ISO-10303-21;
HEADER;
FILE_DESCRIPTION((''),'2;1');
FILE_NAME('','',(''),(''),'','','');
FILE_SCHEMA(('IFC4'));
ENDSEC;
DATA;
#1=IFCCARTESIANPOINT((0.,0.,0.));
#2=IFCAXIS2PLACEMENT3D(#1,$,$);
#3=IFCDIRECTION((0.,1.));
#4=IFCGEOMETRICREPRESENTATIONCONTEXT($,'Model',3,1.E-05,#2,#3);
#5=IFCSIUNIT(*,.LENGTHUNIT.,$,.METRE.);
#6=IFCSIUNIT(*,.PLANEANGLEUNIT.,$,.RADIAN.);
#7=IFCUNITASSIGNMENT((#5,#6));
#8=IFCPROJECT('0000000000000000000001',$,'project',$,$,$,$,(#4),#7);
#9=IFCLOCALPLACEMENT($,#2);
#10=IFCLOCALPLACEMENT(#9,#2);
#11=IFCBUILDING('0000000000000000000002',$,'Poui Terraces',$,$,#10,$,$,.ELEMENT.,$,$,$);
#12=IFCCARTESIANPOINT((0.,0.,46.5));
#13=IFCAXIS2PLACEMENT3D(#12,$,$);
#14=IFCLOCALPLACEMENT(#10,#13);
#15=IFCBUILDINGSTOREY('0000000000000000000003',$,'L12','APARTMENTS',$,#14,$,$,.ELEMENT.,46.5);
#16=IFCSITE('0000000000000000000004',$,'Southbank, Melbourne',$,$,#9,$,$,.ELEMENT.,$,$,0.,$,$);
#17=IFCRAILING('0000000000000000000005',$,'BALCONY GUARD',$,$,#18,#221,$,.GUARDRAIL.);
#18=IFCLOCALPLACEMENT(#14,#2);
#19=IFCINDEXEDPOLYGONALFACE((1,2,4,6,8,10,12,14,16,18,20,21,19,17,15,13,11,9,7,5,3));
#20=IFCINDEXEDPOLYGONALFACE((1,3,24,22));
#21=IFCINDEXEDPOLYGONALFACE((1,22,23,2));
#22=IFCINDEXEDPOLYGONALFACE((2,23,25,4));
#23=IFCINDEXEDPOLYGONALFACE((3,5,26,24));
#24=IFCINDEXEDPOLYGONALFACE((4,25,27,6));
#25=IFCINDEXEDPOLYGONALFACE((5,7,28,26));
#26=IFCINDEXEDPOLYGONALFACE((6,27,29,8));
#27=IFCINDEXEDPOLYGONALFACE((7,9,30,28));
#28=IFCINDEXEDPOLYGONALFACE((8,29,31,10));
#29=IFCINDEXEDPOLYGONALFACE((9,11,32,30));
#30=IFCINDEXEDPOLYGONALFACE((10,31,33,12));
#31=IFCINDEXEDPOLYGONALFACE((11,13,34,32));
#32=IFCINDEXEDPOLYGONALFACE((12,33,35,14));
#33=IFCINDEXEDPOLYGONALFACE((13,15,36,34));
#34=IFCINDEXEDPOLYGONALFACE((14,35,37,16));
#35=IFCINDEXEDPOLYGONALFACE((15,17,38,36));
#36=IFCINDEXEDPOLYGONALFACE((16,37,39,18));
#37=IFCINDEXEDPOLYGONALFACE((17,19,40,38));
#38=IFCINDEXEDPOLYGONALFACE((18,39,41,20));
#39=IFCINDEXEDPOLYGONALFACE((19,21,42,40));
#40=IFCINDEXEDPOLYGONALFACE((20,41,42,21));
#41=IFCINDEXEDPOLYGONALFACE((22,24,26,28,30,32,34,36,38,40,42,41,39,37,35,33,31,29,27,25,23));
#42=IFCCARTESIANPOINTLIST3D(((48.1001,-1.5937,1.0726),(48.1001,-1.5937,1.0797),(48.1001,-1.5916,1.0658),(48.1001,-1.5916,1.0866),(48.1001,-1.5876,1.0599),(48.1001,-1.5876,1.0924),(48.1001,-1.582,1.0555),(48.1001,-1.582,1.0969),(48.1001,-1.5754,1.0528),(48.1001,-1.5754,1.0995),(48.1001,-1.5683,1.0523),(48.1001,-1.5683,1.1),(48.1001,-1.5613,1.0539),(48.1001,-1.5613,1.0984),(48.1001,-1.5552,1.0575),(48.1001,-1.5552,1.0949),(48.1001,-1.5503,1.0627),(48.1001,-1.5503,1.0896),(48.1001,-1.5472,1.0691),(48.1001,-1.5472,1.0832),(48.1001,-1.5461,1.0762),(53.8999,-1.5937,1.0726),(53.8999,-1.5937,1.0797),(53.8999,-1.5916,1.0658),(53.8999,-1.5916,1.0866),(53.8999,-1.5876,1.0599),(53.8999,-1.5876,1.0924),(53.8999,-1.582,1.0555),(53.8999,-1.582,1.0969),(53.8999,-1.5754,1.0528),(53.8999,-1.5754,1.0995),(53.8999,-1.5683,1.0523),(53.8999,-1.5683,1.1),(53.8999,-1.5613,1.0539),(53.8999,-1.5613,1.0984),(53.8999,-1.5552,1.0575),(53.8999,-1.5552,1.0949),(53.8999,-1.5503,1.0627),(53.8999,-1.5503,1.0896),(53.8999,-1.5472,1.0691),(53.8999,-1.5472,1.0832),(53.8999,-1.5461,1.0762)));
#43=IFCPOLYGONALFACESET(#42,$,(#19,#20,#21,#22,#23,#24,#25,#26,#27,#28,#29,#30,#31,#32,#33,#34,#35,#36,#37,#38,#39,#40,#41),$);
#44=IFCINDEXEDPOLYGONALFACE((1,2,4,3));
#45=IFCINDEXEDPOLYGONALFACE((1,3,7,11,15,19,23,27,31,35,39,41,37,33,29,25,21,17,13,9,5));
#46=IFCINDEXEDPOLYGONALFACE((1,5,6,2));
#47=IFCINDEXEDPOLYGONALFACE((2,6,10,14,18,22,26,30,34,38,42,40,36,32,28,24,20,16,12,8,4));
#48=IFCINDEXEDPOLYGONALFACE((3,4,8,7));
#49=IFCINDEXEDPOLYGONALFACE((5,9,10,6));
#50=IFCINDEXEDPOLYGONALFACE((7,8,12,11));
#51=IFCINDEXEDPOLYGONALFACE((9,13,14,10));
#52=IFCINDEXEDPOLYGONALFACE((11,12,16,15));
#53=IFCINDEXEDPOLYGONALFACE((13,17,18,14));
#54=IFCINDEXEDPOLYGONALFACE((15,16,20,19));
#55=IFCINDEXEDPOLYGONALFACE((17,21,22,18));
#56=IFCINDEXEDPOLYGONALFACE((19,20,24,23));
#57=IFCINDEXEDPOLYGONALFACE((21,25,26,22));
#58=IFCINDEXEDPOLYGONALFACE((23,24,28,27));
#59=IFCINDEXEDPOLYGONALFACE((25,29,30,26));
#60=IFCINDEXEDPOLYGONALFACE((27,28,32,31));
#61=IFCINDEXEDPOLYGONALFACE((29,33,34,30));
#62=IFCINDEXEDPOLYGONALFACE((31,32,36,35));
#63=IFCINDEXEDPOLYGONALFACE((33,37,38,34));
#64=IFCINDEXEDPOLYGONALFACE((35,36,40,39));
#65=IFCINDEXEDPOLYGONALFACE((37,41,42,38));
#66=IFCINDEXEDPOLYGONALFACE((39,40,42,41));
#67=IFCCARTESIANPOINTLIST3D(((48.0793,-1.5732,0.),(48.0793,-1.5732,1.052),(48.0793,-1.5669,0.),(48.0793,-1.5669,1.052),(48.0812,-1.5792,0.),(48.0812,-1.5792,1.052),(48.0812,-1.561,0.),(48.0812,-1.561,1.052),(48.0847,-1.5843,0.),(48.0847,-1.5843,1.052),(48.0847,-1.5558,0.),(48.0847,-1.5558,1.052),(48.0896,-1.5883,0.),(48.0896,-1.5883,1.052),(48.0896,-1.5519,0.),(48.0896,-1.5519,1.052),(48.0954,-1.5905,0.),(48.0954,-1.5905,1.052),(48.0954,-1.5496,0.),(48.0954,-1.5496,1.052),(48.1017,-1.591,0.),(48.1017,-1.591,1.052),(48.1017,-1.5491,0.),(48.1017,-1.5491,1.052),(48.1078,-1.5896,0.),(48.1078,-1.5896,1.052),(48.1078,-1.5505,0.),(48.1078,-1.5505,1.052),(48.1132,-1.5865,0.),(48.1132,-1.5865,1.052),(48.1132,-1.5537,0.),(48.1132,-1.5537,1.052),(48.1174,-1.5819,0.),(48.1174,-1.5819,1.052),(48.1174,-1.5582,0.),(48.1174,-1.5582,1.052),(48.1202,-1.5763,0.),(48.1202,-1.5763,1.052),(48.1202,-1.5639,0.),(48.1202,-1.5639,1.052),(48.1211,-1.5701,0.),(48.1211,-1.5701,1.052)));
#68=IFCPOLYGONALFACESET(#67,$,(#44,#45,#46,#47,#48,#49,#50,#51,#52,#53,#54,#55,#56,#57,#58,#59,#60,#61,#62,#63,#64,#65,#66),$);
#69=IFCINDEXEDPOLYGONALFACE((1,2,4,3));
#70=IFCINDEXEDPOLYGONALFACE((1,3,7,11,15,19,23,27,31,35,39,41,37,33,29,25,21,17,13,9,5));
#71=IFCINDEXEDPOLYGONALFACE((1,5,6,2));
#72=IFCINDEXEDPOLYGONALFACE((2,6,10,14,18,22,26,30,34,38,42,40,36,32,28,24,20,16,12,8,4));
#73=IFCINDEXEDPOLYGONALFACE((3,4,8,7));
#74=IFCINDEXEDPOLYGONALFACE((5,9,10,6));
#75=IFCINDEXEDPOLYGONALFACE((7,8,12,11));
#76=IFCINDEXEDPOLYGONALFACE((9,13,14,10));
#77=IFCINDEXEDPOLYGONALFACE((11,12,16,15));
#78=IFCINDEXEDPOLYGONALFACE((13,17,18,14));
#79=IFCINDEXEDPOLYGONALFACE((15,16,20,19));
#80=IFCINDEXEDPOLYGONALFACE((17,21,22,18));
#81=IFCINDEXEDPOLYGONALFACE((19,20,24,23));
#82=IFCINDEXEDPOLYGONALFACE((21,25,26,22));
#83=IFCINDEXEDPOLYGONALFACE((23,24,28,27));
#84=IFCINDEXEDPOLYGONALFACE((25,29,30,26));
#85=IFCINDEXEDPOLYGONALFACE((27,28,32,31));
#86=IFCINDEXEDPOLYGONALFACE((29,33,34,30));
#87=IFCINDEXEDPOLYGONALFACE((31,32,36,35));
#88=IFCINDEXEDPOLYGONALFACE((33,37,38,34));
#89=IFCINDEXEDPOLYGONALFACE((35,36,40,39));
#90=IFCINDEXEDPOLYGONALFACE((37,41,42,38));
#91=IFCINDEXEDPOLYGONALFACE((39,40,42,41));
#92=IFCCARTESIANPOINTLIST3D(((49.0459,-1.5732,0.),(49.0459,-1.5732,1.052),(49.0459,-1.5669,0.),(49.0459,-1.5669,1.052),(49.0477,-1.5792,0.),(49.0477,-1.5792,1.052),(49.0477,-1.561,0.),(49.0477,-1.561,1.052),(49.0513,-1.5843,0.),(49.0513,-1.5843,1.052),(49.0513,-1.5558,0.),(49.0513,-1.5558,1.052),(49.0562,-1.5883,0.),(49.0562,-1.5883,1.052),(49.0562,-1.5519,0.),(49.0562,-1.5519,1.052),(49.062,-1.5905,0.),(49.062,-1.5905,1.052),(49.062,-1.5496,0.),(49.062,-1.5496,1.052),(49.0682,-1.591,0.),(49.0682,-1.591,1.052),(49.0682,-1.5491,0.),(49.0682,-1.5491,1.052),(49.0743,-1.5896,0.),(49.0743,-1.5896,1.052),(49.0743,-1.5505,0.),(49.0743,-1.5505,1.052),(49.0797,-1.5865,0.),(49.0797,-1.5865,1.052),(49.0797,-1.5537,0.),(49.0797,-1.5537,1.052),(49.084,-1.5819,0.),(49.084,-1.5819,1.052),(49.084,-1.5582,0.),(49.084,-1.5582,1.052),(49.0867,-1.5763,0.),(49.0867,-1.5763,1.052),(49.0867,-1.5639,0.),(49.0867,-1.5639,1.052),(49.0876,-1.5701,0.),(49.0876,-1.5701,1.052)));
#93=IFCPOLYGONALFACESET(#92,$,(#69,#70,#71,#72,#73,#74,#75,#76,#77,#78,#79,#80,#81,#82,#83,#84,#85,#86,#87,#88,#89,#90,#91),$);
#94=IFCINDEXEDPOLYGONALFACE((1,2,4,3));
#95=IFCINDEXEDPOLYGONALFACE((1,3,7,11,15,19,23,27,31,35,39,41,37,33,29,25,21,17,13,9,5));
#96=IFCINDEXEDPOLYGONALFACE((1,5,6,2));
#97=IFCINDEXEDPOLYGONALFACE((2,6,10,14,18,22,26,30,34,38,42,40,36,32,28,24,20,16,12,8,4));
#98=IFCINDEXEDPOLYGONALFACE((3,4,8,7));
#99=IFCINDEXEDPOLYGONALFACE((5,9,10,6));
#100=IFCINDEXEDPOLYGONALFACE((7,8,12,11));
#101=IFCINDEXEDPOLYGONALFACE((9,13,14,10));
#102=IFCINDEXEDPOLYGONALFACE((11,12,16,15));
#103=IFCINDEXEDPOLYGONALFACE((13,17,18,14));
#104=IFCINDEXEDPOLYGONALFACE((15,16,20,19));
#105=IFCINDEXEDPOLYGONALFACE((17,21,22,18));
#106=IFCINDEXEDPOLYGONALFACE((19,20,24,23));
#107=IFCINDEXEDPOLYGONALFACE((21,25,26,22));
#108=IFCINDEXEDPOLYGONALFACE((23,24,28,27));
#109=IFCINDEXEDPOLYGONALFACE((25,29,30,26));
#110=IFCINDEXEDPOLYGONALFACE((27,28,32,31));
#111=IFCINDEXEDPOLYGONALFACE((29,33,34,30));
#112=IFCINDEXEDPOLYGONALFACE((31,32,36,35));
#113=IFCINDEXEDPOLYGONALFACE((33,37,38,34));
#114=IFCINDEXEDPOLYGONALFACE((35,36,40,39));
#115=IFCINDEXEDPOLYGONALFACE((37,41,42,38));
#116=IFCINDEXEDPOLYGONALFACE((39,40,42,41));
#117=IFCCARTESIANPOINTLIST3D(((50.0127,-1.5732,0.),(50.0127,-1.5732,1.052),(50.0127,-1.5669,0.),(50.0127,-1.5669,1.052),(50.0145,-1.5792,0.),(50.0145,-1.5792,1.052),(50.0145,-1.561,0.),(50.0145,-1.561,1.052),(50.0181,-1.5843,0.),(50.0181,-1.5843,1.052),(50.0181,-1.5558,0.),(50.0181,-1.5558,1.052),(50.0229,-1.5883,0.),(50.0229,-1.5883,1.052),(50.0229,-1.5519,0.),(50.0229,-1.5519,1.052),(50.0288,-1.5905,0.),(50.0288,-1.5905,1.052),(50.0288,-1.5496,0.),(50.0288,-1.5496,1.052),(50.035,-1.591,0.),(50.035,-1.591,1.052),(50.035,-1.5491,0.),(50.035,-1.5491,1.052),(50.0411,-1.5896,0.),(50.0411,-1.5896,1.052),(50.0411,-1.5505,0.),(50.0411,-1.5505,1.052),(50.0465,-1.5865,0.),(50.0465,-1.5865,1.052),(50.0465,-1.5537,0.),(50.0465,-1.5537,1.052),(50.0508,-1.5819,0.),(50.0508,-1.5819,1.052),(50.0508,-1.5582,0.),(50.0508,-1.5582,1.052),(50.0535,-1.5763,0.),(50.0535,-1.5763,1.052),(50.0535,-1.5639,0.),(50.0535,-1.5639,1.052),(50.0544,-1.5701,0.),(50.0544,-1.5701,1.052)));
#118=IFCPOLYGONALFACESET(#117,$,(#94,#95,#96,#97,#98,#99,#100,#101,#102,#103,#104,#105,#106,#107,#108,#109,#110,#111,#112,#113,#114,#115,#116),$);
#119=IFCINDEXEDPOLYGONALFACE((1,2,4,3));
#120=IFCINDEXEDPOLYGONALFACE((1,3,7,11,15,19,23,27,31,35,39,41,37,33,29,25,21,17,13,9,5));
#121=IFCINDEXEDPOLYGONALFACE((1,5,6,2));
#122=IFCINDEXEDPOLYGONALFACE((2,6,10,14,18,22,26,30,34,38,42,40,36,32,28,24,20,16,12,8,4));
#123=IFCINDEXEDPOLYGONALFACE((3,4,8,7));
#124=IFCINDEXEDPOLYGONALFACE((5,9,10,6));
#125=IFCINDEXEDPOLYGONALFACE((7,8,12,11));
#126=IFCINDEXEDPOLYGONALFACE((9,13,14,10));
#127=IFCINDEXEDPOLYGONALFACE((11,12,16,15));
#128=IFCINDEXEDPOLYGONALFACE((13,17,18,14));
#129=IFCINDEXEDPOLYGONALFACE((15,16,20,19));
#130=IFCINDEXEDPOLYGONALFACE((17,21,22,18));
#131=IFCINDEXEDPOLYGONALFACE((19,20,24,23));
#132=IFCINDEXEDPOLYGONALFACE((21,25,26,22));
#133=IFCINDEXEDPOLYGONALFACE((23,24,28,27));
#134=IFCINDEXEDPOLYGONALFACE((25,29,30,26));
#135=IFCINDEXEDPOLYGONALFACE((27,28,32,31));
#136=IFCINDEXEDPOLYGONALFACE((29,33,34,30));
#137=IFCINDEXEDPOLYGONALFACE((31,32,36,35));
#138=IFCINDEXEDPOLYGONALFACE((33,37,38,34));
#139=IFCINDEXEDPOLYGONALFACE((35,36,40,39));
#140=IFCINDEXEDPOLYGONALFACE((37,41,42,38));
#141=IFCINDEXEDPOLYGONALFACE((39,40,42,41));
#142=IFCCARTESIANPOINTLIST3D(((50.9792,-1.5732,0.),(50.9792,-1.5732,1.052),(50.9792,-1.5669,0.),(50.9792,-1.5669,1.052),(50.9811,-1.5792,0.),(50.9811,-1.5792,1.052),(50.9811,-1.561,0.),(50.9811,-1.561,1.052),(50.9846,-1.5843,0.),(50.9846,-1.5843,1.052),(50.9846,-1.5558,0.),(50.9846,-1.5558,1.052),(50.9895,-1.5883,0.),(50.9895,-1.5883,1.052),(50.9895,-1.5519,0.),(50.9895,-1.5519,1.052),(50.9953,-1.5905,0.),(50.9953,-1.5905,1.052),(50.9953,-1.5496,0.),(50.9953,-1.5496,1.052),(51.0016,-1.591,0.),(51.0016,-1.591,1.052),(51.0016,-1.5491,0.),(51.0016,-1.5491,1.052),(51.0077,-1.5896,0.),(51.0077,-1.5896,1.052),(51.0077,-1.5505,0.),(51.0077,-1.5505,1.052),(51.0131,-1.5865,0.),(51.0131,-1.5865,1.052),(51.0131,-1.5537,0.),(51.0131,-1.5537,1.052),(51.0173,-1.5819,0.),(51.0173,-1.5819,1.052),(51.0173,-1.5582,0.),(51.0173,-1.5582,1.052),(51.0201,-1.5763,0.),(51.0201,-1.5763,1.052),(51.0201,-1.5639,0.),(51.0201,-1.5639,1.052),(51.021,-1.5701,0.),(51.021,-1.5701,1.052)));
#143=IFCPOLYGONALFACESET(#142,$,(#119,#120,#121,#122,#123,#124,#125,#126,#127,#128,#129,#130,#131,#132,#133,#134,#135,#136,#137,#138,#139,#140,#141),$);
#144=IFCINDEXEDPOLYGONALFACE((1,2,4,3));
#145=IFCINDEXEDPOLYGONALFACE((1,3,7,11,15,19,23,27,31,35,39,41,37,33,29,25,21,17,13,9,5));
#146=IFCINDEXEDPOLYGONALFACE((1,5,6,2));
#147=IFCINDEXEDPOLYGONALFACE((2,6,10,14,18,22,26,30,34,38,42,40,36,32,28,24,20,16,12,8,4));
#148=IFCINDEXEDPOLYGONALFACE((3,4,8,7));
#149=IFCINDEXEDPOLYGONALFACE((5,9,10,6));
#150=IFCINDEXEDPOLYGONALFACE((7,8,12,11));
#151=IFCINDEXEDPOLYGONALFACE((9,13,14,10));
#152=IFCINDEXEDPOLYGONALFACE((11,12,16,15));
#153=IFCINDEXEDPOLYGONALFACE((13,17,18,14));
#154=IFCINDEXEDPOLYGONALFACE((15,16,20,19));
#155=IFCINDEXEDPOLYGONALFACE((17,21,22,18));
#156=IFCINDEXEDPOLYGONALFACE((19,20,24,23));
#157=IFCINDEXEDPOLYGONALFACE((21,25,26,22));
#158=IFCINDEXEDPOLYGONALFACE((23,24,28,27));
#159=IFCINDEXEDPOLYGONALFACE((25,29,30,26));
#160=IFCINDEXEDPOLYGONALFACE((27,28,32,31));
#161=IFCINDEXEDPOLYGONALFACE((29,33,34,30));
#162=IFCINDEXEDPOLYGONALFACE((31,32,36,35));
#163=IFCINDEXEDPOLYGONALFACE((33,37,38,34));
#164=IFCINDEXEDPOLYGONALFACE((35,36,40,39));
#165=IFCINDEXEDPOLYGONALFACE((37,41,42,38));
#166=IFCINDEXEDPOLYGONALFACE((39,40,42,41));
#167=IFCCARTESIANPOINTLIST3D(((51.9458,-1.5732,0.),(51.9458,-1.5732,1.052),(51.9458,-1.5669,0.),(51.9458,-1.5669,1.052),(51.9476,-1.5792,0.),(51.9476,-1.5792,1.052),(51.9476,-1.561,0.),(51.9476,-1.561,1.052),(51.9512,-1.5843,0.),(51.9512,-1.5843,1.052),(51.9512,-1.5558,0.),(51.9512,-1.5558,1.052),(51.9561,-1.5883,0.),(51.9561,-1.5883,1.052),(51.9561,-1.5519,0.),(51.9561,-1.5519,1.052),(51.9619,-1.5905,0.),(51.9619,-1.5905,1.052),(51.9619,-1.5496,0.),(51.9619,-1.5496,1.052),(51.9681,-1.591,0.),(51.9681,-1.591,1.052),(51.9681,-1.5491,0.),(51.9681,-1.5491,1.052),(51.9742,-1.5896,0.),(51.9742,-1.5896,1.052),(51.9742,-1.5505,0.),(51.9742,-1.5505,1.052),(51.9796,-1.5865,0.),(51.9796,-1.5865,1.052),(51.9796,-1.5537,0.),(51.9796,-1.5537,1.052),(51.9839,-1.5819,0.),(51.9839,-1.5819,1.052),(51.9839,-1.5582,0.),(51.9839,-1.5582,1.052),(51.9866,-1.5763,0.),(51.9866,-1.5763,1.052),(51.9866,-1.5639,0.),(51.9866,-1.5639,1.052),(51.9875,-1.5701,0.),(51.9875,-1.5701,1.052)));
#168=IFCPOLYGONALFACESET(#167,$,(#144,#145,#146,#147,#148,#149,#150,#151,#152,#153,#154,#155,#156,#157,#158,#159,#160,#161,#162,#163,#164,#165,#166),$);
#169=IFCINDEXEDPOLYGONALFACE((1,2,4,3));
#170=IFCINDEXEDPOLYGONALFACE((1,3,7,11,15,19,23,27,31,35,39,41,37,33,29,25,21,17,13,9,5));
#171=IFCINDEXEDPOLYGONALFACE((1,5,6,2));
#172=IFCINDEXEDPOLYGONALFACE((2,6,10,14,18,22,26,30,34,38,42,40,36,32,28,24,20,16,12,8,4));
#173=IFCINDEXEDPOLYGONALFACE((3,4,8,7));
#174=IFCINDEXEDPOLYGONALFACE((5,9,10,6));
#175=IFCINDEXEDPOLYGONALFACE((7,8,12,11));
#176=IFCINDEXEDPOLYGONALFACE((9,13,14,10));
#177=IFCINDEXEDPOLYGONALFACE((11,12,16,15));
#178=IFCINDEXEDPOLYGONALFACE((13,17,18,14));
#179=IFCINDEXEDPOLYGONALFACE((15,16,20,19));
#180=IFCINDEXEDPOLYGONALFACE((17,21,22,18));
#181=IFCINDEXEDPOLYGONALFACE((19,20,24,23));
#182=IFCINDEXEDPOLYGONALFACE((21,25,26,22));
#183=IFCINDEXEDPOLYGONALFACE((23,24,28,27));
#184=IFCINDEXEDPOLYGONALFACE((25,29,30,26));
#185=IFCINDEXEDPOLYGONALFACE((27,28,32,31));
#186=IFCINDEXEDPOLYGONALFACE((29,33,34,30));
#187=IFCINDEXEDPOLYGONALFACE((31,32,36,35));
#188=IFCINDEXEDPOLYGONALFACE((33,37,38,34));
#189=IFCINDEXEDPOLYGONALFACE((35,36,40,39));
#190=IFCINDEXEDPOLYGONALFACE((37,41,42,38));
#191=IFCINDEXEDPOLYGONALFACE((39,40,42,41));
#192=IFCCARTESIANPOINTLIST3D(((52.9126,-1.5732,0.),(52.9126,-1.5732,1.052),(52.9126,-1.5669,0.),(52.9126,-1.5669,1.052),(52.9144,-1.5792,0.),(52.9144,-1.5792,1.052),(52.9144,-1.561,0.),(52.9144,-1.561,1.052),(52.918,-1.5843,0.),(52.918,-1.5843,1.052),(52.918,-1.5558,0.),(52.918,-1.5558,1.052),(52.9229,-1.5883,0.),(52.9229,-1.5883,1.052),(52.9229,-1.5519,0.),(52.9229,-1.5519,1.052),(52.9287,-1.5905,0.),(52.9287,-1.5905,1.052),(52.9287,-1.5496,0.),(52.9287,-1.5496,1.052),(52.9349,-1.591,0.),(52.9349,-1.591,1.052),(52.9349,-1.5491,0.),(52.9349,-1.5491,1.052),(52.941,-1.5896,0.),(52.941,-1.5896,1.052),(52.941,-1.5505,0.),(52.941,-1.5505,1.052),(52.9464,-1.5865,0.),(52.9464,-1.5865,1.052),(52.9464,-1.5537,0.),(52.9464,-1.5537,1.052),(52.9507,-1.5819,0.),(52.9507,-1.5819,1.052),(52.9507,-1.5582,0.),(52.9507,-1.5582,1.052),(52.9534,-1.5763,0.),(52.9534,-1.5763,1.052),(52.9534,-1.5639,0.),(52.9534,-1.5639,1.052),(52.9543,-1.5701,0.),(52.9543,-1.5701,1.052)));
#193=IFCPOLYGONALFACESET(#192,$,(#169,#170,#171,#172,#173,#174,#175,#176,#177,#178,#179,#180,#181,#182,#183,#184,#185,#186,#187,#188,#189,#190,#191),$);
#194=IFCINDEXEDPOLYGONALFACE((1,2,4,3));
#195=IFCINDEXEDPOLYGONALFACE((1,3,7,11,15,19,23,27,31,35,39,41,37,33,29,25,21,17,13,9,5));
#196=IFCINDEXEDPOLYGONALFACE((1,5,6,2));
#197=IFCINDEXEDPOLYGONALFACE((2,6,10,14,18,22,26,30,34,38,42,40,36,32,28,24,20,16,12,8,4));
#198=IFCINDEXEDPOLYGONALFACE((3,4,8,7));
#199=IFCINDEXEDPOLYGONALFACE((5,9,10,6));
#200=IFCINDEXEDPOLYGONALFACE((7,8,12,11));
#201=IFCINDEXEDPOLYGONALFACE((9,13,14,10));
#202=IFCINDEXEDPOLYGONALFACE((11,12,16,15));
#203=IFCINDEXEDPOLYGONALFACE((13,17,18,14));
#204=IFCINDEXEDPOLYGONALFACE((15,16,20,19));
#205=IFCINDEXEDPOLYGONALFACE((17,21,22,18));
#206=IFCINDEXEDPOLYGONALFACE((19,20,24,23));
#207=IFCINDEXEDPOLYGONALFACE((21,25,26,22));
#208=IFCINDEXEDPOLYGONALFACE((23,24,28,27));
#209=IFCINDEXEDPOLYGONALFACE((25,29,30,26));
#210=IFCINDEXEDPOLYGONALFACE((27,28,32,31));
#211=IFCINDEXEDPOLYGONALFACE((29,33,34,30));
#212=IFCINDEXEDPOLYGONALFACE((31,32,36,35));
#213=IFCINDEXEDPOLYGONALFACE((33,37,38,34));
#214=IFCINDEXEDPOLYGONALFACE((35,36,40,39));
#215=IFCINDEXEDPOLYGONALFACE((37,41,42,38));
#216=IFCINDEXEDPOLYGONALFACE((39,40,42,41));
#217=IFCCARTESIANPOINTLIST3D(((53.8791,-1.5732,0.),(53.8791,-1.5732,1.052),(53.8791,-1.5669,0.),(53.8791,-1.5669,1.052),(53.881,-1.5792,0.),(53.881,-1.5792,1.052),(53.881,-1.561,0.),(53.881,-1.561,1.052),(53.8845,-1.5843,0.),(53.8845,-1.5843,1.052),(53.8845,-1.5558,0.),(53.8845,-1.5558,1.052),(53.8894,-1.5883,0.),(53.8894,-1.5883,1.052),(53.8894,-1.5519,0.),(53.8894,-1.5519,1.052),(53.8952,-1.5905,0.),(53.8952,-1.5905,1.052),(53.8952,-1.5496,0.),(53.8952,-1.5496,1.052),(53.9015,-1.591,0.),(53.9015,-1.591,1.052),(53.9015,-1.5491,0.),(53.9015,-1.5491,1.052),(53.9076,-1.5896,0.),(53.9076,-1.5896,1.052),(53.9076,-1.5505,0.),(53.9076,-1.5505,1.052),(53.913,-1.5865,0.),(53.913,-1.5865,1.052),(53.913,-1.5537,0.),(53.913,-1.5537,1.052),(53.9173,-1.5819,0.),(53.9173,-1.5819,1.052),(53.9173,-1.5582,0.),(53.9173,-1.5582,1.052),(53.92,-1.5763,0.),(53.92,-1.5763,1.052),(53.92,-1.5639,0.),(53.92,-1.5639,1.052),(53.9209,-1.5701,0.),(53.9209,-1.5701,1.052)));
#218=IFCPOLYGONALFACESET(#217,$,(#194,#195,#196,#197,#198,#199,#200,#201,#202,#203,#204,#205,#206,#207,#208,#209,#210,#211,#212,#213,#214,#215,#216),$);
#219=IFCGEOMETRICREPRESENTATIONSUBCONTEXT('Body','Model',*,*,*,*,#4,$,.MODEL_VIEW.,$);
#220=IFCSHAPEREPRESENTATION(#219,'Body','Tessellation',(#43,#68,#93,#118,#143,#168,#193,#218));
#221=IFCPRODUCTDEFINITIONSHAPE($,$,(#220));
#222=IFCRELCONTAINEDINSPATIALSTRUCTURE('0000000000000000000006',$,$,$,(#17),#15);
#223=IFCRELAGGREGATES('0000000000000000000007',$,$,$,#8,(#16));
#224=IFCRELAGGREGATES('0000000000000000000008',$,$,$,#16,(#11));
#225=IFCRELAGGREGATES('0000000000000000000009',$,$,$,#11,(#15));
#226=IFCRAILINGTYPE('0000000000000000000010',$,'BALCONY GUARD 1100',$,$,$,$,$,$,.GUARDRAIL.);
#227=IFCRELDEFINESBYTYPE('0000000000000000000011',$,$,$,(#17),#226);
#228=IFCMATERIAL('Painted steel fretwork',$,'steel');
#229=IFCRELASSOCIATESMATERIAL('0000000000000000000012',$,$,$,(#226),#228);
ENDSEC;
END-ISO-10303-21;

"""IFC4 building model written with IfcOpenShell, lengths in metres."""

from ifc_helpers import new_model, si_unit, direction, frame, origin, origin_2d, place, context, subcontext, project, spatial, circle, extrude, material, type_object, element, save


model = new_model("IFC4")

# Units and contexts
model_context = context("Model", 3, precision=1e-05, world=origin(), true_north=direction((0.0, 1.0)))
body_context = subcontext(model_context, "Body", "Model", "MODEL_VIEW")
ifc_project = project(units=[si_unit("LENGTHUNIT", "METRE"), si_unit("PLANEANGLEUNIT", "RADIAN")], contexts=[model_context])

# Site, building, storey
site_placement = place(None, origin())
site = spatial("IfcSite", under=ifc_project, at=site_placement, Name="Southbank, Melbourne", CompositionType="ELEMENT", RefElevation=0.0)
building_placement = place(site_placement, origin())
building = spatial("IfcBuilding", under=site, at=building_placement, Name="Poui Terraces", CompositionType="ELEMENT")
storey_placement = place(building_placement, frame((0.0, 0.0, 46.5)))
storey = spatial("IfcBuildingStorey", under=building, at=storey_placement, Name="L12", Description="APARTMENTS", CompositionType="ELEMENT", Elevation=46.5)

# Railing
ifc_material_1 = material(Name="Painted steel fretwork", Category="steel")
railing_type = type_object("IfcRailingType", Name="BALCONY GUARD 1100", PredefinedType="GUARDRAIL", material=ifc_material_1)
railing_placement = place(storey_placement, frame((48.1001, -1.5701, 0.0)))
element("IfcRailing", 1, at=railing_placement, inside=storey, type_object=railing_type, Name="BALCONY GUARD", PredefinedType="GUARDRAIL", context=body_context, shape_type="SweptSolid", body=[
    extrude(circle(Radius=0.0239, at=origin_2d()), frame((0.0, 0.0, 1.0762), z_axis=(1.0, 0.0, 0.0), x_axis=(0.0, 1.0, 0.0)), (0.0, 0.0, 1.0), 5.7998),
    extrude(circle(Radius=0.021, at=origin_2d()), origin(), (0.0, 0.0, 1.0), 1.052),
    extrude(circle(Radius=0.021, at=origin_2d()), frame((0.9666, 0.0, 0.0)), (0.0, 0.0, 1.0), 1.052),
    extrude(circle(Radius=0.021, at=origin_2d()), frame((1.9333, 0.0, 0.0)), (0.0, 0.0, 1.0), 1.052),
    extrude(circle(Radius=0.021, at=origin_2d()), frame((2.8999, 0.0, 0.0)), (0.0, 0.0, 1.0), 1.052),
    extrude(circle(Radius=0.021, at=origin_2d()), frame((3.8665, 0.0, 0.0)), (0.0, 0.0, 1.0), 1.052),
    extrude(circle(Radius=0.021, at=origin_2d()), frame((4.8333, 0.0, 0.0)), (0.0, 0.0, 1.0), 1.052),
    extrude(circle(Radius=0.021, at=origin_2d()), frame((5.7998, 0.0, 0.0)), (0.0, 0.0, 1.0), 1.052),
])

save(model, "model.ifc")
